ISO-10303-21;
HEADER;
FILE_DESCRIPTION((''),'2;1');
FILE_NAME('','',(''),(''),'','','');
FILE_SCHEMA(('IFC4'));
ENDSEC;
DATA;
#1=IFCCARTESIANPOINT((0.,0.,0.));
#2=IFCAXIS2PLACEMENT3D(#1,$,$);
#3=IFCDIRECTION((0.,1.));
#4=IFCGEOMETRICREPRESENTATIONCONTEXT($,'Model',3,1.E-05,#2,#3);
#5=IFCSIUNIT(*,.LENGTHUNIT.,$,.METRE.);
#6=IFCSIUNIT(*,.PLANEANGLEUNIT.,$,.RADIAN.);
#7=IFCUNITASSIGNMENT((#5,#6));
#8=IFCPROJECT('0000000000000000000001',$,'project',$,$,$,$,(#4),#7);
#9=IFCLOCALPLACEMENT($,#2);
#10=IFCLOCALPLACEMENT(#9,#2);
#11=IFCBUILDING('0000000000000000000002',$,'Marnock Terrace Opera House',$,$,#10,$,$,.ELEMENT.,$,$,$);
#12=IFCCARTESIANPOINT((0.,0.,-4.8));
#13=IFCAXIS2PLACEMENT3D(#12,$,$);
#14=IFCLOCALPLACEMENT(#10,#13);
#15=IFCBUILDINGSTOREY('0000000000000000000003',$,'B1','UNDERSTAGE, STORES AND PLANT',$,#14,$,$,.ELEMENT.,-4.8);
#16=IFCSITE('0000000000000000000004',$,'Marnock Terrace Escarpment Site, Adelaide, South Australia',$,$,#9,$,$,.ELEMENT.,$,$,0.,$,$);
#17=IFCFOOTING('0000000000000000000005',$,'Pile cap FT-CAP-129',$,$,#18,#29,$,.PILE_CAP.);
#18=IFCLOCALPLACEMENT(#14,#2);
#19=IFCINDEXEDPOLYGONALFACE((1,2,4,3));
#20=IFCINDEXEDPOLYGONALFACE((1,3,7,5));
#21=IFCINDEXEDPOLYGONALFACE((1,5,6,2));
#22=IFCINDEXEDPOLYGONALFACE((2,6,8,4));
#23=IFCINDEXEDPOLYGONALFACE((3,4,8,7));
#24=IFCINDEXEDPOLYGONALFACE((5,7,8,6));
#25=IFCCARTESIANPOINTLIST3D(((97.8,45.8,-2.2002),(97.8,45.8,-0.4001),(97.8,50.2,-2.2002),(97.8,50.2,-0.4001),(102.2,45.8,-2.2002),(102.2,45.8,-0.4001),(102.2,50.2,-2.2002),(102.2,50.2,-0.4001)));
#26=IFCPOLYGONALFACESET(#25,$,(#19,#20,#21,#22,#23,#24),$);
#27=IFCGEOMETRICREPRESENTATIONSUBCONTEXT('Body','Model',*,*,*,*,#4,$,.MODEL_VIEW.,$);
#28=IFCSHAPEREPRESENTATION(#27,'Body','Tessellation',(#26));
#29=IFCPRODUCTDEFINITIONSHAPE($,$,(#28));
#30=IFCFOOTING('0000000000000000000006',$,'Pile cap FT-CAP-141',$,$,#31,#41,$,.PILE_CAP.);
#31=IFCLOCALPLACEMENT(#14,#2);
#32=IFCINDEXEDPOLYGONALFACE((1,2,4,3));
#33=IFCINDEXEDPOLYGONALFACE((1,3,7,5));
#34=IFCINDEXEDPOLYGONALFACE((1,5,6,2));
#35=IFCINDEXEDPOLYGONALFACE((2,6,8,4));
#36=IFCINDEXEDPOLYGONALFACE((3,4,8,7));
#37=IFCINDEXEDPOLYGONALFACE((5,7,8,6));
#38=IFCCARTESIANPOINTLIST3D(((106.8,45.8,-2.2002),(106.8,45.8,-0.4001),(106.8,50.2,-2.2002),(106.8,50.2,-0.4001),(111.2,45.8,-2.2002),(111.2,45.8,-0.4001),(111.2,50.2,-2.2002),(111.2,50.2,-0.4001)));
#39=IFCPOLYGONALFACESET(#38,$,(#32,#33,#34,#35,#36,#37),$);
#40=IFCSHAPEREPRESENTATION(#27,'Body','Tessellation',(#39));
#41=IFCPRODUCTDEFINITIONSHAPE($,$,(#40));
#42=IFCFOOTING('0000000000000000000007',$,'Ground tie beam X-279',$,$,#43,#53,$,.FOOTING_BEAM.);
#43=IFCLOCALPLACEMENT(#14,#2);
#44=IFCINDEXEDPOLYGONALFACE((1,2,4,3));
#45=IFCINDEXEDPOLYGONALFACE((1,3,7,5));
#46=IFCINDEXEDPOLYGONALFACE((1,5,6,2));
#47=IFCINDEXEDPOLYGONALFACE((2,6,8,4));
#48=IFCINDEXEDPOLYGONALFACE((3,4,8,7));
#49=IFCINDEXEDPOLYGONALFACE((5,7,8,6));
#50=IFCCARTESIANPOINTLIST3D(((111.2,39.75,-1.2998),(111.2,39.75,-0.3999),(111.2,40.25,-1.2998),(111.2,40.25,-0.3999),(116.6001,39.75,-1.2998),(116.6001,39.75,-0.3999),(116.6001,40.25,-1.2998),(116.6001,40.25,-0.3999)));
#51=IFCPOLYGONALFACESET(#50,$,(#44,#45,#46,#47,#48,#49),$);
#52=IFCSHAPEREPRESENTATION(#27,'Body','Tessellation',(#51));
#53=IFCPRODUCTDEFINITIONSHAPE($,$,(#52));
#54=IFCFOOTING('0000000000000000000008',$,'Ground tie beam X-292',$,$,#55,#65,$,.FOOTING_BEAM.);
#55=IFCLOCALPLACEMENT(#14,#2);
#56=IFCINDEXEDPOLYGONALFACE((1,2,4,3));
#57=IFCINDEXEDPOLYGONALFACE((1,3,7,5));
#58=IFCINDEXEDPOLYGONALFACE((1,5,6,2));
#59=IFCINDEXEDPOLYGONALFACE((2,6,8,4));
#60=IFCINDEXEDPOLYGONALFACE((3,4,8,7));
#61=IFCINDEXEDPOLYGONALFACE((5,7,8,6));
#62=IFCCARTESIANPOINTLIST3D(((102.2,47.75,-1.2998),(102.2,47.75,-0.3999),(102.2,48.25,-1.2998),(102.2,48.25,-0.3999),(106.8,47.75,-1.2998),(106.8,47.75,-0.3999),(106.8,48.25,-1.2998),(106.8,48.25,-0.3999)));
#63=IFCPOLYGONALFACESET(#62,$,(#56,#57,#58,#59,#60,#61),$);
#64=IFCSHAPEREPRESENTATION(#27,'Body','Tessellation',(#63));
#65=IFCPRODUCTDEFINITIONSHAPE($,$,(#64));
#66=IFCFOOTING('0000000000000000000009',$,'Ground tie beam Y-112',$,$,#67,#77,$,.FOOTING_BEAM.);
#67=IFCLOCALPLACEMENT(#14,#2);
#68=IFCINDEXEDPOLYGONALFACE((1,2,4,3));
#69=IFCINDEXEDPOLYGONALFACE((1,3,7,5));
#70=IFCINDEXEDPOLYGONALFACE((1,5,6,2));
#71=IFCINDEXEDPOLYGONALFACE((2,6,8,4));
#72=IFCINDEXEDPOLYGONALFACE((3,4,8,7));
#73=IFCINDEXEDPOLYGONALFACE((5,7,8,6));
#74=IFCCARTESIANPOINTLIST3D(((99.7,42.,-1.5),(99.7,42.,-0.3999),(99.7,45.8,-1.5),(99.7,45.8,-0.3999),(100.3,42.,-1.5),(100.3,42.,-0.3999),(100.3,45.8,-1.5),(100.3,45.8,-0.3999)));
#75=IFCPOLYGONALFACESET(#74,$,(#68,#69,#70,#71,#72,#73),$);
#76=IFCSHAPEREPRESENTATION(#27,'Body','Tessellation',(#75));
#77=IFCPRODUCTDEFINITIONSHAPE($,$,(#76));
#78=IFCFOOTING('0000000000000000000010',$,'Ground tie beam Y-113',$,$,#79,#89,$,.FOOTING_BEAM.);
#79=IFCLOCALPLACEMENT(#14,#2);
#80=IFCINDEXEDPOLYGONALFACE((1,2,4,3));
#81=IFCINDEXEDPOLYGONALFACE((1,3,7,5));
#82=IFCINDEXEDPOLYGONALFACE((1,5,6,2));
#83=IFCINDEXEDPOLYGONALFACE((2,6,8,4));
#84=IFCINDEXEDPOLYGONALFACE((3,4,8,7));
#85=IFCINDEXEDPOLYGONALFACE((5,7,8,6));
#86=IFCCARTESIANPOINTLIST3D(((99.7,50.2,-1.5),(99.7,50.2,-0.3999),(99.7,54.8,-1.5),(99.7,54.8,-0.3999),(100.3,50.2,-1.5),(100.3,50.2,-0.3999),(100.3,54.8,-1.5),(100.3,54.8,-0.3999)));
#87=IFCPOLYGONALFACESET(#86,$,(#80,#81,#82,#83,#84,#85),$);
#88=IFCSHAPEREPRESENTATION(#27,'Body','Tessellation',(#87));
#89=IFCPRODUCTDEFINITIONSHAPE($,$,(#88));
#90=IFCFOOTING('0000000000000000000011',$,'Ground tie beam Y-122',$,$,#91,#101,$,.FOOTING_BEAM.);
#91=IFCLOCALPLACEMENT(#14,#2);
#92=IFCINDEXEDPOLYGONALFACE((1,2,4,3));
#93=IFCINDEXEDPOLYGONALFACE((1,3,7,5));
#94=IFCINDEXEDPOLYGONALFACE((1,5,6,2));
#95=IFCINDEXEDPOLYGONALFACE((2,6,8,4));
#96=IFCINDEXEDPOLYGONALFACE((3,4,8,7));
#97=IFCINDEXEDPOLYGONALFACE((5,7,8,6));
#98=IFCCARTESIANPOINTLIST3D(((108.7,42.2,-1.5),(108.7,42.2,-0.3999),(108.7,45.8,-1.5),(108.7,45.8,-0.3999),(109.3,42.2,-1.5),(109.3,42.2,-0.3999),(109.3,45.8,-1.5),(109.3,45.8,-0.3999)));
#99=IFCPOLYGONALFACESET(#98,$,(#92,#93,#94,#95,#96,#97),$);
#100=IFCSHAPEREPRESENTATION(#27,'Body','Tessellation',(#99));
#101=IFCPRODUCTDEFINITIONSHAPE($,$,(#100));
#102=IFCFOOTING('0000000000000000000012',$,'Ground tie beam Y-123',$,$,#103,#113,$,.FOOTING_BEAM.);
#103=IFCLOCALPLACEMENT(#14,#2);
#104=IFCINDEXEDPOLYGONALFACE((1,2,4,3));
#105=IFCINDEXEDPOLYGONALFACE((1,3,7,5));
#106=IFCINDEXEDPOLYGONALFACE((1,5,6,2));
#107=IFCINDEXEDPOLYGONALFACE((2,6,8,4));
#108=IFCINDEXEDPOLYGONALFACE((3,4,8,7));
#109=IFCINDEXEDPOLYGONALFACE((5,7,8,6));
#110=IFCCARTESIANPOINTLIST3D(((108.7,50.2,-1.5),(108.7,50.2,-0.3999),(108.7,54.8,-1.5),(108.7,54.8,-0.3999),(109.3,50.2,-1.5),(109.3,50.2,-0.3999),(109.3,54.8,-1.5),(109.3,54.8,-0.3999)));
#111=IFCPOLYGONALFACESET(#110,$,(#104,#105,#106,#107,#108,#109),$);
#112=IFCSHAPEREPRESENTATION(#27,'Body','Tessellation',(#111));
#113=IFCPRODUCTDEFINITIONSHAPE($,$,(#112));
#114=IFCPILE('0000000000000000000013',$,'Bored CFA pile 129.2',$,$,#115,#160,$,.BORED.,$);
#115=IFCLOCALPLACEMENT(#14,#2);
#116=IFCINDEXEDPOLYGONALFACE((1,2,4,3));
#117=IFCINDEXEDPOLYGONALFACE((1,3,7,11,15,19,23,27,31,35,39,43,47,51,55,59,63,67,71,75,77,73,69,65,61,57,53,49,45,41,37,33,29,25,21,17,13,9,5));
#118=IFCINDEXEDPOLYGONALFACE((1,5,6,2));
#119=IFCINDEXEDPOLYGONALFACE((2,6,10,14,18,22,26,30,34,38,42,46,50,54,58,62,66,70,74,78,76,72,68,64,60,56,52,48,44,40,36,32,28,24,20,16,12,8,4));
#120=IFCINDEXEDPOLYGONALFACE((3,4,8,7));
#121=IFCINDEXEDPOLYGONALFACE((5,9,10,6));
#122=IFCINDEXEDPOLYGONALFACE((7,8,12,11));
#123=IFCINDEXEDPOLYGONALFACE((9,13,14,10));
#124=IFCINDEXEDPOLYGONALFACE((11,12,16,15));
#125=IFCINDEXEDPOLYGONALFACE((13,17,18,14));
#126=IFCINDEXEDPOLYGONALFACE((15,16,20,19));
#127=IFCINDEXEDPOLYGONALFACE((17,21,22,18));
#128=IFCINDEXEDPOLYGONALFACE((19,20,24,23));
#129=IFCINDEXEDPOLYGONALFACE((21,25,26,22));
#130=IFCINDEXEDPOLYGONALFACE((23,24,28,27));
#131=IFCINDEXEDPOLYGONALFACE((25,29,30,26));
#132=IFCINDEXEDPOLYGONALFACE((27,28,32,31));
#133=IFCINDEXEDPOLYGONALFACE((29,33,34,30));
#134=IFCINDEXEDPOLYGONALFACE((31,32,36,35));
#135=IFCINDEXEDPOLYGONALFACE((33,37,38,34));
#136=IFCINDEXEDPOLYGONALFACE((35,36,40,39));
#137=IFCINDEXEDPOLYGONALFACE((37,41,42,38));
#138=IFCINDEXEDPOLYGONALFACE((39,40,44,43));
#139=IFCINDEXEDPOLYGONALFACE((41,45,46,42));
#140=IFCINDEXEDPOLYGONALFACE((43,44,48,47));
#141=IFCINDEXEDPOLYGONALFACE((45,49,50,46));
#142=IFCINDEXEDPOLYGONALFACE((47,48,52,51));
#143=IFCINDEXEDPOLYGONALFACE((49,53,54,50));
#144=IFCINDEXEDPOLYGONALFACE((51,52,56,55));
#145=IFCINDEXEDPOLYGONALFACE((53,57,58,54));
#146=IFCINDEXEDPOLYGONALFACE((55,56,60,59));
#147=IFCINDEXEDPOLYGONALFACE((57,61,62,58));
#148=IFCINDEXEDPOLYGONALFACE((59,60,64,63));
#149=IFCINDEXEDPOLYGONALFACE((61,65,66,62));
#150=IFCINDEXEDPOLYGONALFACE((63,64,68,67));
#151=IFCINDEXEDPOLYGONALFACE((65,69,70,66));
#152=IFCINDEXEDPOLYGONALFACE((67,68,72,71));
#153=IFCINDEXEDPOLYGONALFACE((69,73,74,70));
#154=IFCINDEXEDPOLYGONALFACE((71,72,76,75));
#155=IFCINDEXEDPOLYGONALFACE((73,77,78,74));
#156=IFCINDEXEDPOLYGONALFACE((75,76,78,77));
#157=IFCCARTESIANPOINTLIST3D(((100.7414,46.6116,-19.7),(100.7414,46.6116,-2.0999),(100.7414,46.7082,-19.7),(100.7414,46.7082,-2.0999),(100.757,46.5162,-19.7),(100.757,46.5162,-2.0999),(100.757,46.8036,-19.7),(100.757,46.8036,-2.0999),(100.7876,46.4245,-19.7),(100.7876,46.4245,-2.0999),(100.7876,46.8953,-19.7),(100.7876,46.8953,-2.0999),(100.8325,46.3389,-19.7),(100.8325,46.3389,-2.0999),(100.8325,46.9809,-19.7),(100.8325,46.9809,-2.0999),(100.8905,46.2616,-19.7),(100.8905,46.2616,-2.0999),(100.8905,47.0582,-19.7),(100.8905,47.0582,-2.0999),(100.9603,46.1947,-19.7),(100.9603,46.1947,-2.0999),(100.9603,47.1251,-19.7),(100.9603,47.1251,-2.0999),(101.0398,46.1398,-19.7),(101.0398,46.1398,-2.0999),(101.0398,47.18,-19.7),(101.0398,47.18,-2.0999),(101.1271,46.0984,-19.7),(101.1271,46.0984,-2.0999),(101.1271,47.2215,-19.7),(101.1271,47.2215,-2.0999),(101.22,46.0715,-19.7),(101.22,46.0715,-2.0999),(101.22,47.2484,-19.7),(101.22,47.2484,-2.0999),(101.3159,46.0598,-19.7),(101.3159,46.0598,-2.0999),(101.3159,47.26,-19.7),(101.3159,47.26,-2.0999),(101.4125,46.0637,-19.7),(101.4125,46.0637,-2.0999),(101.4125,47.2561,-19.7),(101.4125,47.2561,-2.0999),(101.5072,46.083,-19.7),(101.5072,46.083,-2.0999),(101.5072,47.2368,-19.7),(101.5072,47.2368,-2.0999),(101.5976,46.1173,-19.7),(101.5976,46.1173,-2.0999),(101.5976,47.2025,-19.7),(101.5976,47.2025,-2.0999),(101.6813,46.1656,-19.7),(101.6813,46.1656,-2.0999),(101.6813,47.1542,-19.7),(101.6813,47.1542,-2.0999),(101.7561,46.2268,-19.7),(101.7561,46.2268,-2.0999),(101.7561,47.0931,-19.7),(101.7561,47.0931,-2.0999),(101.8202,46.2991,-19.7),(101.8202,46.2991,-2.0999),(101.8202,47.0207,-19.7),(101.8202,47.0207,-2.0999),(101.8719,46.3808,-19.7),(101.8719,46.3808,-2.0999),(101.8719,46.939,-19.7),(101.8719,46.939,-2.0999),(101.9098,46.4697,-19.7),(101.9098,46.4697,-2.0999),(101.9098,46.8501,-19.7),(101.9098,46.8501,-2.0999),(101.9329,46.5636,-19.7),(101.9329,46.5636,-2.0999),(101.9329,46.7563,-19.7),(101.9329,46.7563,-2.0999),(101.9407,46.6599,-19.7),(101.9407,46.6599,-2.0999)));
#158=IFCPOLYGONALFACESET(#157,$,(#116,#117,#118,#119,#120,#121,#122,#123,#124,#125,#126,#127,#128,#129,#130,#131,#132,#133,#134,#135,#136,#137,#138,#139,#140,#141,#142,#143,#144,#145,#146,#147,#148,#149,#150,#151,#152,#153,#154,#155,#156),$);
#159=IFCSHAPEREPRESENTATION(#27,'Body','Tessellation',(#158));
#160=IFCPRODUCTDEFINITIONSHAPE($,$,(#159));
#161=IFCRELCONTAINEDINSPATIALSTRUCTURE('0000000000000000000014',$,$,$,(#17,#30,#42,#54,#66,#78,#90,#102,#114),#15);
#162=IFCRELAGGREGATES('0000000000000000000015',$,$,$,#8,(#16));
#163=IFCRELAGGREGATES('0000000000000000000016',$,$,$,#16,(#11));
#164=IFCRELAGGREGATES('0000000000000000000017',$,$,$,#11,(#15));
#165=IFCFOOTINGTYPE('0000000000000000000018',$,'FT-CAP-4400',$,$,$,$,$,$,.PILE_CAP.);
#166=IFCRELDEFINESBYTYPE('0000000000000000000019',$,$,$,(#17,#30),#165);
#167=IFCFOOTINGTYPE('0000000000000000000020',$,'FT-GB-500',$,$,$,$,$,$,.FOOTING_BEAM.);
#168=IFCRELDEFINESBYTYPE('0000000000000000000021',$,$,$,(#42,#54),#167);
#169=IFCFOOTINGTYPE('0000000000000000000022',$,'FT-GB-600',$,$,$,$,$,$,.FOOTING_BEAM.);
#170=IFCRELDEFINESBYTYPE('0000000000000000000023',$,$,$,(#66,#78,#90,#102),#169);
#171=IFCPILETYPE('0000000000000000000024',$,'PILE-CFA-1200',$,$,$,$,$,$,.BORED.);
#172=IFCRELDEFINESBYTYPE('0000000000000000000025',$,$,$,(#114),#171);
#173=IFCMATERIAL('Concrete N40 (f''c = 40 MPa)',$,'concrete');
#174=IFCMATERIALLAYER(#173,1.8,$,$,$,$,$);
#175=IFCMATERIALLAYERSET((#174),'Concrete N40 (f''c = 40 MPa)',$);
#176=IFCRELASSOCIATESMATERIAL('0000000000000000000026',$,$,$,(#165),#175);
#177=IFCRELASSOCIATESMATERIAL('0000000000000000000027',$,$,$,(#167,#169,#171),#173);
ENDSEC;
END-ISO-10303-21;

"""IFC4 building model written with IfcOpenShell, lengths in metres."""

from ifc_helpers import new_model, si_unit, direction, frame, origin, origin_2d, place, context, subcontext, project, spatial, rectangle, circle, extrude, material, layer, layer_set, material_profile, profile_set, type_object, element, save


model = new_model("IFC4")

# Units and contexts
model_context = context("Model", 3, precision=1e-05, world=origin(), true_north=direction((0.0, 1.0)))
body_context = subcontext(model_context, "Body", "Model", "MODEL_VIEW")
ifc_project = project(units=[si_unit("LENGTHUNIT", "METRE"), si_unit("PLANEANGLEUNIT", "RADIAN")], contexts=[model_context])

# Site, building, storey
site_placement = place(None, origin())
site = spatial("IfcSite", under=ifc_project, at=site_placement, Name="Marnock Terrace Escarpment Site, Adelaide, South Australia", CompositionType="ELEMENT", RefElevation=0.0)
building_placement = place(site_placement, origin())
building = spatial("IfcBuilding", under=site, at=building_placement, Name="Marnock Terrace Opera House", CompositionType="ELEMENT")
storey_placement = place(building_placement, frame((0.0, 0.0, -4.8)))
storey = spatial("IfcBuildingStorey", under=building, at=storey_placement, Name="B1", Description="UNDERSTAGE, STORES AND PLANT", CompositionType="ELEMENT", Elevation=-4.8)

# Footings
ifc_material_1 = material(Name="Concrete N40 (f'c = 40 MPa)", Category="concrete")
ifc_layer_1 = layer(ifc_material_1, 1.8)
ifc_layer_set_1 = layer_set([ifc_layer_1], Name="Concrete N40 (f'c = 40 MPa)")
footing_type_1 = type_object("IfcFootingType", Name="FT-CAP-4400", PredefinedType="PILE_CAP", material=ifc_layer_set_1)
for number, where, z_axis, x_axis, name in (
    (1, (100.0, 48.0, -2.2002), (0.0, 0.0, 1.0), (1.0, 0.0, 0.0), "Pile cap FT-CAP-129"),
    (2, (109.0, 48.0, -2.2002), (0.0, 0.0, 1.0), (1.0, 0.0, 0.0), "Pile cap FT-CAP-141"),
):
    element("IfcFooting", number, at=place(storey_placement, frame(where, z_axis=z_axis, x_axis=x_axis)), inside=storey, type_object=footing_type_1, Name=name, PredefinedType="PILE_CAP", context=body_context, shape_type="SweptSolid", body=[
        extrude(rectangle(XDim=4.3999, YDim=4.3999, at=origin_2d()), origin(), (0.0, 0.0, 1.0), 1.8),
    ])
ifc_material_profile_1 = material_profile(ifc_material_1, rectangle(XDim=0.5, YDim=0.8999, at=origin_2d()))
ifc_profile_set_1 = profile_set([ifc_material_profile_1], Name="Concrete N40 (f'c = 40 MPa)")
footing_type_2 = type_object("IfcFootingType", Name="FT-GB-500", PredefinedType="FOOTING_BEAM", material=ifc_profile_set_1)
footing_1_placement = place(storey_placement, frame((111.2, 40.0, -0.8499), z_axis=(1.0, 0.0, 0.0), x_axis=(0.0, 1.0, 0.0)))
element("IfcFooting", 3, at=footing_1_placement, inside=storey, type_object=footing_type_2, Name="Ground tie beam X-279", PredefinedType="FOOTING_BEAM", context=body_context, shape_type="SweptSolid", body=[
    extrude(rectangle(XDim=0.5, YDim=0.8999, at=origin_2d()), origin(), (0.0, 0.0, 1.0), 5.4001),
])
footing_2_placement = place(storey_placement, frame((102.2, 48.0, -0.8499), z_axis=(1.0, 0.0, 0.0), x_axis=(0.0, 1.0, 0.0)))
element("IfcFooting", 4, at=footing_2_placement, inside=storey, type_object=footing_type_2, Name="Ground tie beam X-292", PredefinedType="FOOTING_BEAM", context=body_context, shape_type="SweptSolid", body=[
    extrude(rectangle(XDim=0.5, YDim=0.8999, at=origin_2d()), origin(), (0.0, 0.0, 1.0), 4.6001),
])
ifc_material_profile_2 = material_profile(ifc_material_1, rectangle(XDim=0.6001, YDim=1.1001, at=origin_2d()))
ifc_profile_set_2 = profile_set([ifc_material_profile_2], Name="Concrete N40 (f'c = 40 MPa)")
footing_type_3 = type_object("IfcFootingType", Name="FT-GB-600", PredefinedType="FOOTING_BEAM", material=ifc_profile_set_2)
footing_3_placement = place(storey_placement, frame((100.0, 42.0, -0.95), z_axis=(0.0, 1.0, 0.0), x_axis=(-1.0, 0.0, 0.0)))
element("IfcFooting", 5, at=footing_3_placement, inside=storey, type_object=footing_type_3, Name="Ground tie beam Y-112", PredefinedType="FOOTING_BEAM", context=body_context, shape_type="SweptSolid", body=[
    extrude(rectangle(XDim=0.6001, YDim=1.1001, at=origin_2d()), origin(), (0.0, 0.0, 1.0), 3.8),
])
footing_4_placement = place(storey_placement, frame((100.0, 50.2, -0.95), z_axis=(0.0, 1.0, 0.0), x_axis=(-1.0, 0.0, 0.0)))
element("IfcFooting", 6, at=footing_4_placement, inside=storey, type_object=footing_type_3, Name="Ground tie beam Y-113", PredefinedType="FOOTING_BEAM", context=body_context, shape_type="SweptSolid", body=[
    extrude(rectangle(XDim=0.6001, YDim=1.1001, at=origin_2d()), origin(), (0.0, 0.0, 1.0), 4.6001),
])
footing_5_placement = place(storey_placement, frame((109.0, 42.2, -0.95), z_axis=(0.0, 1.0, 0.0), x_axis=(-1.0, 0.0, 0.0)))
element("IfcFooting", 7, at=footing_5_placement, inside=storey, type_object=footing_type_3, Name="Ground tie beam Y-122", PredefinedType="FOOTING_BEAM", context=body_context, shape_type="SweptSolid", body=[
    extrude(rectangle(XDim=0.6001, YDim=1.1001, at=origin_2d()), origin(), (0.0, 0.0, 1.0), 3.6001),
])
footing_6_placement = place(storey_placement, frame((109.0, 50.2, -0.95), z_axis=(0.0, 1.0, 0.0), x_axis=(-1.0, 0.0, 0.0)))
element("IfcFooting", 8, at=footing_6_placement, inside=storey, type_object=footing_type_3, Name="Ground tie beam Y-123", PredefinedType="FOOTING_BEAM", context=body_context, shape_type="SweptSolid", body=[
    extrude(rectangle(XDim=0.6001, YDim=1.1001, at=origin_2d()), origin(), (0.0, 0.0, 1.0), 4.6001),
])

# Pile
ifc_material_profile_3 = material_profile(ifc_material_1, circle(Radius=0.6006, at=origin_2d()))
ifc_profile_set_3 = profile_set([ifc_material_profile_3], Name="Concrete N40 (f'c = 40 MPa)")
pile_type = type_object("IfcPileType", Name="PILE-CFA-1200", PredefinedType="BORED", material=ifc_profile_set_3)
for number, where, z_axis, x_axis, name in (
    (9, (101.3401, 46.6599, -2.0999), (0.0, 0.0, -1.0), (1.0, 0.0, 0.0), "Bored CFA pile 129.2"),
):
    element("IfcPile", number, at=place(storey_placement, frame(where, z_axis=z_axis, x_axis=x_axis)), inside=storey, type_object=pile_type, Name=name, PredefinedType="BORED", context=body_context, shape_type="SweptSolid", body=[
        extrude(circle(Radius=0.6006, at=origin_2d()), origin(), (0.0, 0.0, 1.0), 17.6001),
    ])

save(model, "model.ifc")
